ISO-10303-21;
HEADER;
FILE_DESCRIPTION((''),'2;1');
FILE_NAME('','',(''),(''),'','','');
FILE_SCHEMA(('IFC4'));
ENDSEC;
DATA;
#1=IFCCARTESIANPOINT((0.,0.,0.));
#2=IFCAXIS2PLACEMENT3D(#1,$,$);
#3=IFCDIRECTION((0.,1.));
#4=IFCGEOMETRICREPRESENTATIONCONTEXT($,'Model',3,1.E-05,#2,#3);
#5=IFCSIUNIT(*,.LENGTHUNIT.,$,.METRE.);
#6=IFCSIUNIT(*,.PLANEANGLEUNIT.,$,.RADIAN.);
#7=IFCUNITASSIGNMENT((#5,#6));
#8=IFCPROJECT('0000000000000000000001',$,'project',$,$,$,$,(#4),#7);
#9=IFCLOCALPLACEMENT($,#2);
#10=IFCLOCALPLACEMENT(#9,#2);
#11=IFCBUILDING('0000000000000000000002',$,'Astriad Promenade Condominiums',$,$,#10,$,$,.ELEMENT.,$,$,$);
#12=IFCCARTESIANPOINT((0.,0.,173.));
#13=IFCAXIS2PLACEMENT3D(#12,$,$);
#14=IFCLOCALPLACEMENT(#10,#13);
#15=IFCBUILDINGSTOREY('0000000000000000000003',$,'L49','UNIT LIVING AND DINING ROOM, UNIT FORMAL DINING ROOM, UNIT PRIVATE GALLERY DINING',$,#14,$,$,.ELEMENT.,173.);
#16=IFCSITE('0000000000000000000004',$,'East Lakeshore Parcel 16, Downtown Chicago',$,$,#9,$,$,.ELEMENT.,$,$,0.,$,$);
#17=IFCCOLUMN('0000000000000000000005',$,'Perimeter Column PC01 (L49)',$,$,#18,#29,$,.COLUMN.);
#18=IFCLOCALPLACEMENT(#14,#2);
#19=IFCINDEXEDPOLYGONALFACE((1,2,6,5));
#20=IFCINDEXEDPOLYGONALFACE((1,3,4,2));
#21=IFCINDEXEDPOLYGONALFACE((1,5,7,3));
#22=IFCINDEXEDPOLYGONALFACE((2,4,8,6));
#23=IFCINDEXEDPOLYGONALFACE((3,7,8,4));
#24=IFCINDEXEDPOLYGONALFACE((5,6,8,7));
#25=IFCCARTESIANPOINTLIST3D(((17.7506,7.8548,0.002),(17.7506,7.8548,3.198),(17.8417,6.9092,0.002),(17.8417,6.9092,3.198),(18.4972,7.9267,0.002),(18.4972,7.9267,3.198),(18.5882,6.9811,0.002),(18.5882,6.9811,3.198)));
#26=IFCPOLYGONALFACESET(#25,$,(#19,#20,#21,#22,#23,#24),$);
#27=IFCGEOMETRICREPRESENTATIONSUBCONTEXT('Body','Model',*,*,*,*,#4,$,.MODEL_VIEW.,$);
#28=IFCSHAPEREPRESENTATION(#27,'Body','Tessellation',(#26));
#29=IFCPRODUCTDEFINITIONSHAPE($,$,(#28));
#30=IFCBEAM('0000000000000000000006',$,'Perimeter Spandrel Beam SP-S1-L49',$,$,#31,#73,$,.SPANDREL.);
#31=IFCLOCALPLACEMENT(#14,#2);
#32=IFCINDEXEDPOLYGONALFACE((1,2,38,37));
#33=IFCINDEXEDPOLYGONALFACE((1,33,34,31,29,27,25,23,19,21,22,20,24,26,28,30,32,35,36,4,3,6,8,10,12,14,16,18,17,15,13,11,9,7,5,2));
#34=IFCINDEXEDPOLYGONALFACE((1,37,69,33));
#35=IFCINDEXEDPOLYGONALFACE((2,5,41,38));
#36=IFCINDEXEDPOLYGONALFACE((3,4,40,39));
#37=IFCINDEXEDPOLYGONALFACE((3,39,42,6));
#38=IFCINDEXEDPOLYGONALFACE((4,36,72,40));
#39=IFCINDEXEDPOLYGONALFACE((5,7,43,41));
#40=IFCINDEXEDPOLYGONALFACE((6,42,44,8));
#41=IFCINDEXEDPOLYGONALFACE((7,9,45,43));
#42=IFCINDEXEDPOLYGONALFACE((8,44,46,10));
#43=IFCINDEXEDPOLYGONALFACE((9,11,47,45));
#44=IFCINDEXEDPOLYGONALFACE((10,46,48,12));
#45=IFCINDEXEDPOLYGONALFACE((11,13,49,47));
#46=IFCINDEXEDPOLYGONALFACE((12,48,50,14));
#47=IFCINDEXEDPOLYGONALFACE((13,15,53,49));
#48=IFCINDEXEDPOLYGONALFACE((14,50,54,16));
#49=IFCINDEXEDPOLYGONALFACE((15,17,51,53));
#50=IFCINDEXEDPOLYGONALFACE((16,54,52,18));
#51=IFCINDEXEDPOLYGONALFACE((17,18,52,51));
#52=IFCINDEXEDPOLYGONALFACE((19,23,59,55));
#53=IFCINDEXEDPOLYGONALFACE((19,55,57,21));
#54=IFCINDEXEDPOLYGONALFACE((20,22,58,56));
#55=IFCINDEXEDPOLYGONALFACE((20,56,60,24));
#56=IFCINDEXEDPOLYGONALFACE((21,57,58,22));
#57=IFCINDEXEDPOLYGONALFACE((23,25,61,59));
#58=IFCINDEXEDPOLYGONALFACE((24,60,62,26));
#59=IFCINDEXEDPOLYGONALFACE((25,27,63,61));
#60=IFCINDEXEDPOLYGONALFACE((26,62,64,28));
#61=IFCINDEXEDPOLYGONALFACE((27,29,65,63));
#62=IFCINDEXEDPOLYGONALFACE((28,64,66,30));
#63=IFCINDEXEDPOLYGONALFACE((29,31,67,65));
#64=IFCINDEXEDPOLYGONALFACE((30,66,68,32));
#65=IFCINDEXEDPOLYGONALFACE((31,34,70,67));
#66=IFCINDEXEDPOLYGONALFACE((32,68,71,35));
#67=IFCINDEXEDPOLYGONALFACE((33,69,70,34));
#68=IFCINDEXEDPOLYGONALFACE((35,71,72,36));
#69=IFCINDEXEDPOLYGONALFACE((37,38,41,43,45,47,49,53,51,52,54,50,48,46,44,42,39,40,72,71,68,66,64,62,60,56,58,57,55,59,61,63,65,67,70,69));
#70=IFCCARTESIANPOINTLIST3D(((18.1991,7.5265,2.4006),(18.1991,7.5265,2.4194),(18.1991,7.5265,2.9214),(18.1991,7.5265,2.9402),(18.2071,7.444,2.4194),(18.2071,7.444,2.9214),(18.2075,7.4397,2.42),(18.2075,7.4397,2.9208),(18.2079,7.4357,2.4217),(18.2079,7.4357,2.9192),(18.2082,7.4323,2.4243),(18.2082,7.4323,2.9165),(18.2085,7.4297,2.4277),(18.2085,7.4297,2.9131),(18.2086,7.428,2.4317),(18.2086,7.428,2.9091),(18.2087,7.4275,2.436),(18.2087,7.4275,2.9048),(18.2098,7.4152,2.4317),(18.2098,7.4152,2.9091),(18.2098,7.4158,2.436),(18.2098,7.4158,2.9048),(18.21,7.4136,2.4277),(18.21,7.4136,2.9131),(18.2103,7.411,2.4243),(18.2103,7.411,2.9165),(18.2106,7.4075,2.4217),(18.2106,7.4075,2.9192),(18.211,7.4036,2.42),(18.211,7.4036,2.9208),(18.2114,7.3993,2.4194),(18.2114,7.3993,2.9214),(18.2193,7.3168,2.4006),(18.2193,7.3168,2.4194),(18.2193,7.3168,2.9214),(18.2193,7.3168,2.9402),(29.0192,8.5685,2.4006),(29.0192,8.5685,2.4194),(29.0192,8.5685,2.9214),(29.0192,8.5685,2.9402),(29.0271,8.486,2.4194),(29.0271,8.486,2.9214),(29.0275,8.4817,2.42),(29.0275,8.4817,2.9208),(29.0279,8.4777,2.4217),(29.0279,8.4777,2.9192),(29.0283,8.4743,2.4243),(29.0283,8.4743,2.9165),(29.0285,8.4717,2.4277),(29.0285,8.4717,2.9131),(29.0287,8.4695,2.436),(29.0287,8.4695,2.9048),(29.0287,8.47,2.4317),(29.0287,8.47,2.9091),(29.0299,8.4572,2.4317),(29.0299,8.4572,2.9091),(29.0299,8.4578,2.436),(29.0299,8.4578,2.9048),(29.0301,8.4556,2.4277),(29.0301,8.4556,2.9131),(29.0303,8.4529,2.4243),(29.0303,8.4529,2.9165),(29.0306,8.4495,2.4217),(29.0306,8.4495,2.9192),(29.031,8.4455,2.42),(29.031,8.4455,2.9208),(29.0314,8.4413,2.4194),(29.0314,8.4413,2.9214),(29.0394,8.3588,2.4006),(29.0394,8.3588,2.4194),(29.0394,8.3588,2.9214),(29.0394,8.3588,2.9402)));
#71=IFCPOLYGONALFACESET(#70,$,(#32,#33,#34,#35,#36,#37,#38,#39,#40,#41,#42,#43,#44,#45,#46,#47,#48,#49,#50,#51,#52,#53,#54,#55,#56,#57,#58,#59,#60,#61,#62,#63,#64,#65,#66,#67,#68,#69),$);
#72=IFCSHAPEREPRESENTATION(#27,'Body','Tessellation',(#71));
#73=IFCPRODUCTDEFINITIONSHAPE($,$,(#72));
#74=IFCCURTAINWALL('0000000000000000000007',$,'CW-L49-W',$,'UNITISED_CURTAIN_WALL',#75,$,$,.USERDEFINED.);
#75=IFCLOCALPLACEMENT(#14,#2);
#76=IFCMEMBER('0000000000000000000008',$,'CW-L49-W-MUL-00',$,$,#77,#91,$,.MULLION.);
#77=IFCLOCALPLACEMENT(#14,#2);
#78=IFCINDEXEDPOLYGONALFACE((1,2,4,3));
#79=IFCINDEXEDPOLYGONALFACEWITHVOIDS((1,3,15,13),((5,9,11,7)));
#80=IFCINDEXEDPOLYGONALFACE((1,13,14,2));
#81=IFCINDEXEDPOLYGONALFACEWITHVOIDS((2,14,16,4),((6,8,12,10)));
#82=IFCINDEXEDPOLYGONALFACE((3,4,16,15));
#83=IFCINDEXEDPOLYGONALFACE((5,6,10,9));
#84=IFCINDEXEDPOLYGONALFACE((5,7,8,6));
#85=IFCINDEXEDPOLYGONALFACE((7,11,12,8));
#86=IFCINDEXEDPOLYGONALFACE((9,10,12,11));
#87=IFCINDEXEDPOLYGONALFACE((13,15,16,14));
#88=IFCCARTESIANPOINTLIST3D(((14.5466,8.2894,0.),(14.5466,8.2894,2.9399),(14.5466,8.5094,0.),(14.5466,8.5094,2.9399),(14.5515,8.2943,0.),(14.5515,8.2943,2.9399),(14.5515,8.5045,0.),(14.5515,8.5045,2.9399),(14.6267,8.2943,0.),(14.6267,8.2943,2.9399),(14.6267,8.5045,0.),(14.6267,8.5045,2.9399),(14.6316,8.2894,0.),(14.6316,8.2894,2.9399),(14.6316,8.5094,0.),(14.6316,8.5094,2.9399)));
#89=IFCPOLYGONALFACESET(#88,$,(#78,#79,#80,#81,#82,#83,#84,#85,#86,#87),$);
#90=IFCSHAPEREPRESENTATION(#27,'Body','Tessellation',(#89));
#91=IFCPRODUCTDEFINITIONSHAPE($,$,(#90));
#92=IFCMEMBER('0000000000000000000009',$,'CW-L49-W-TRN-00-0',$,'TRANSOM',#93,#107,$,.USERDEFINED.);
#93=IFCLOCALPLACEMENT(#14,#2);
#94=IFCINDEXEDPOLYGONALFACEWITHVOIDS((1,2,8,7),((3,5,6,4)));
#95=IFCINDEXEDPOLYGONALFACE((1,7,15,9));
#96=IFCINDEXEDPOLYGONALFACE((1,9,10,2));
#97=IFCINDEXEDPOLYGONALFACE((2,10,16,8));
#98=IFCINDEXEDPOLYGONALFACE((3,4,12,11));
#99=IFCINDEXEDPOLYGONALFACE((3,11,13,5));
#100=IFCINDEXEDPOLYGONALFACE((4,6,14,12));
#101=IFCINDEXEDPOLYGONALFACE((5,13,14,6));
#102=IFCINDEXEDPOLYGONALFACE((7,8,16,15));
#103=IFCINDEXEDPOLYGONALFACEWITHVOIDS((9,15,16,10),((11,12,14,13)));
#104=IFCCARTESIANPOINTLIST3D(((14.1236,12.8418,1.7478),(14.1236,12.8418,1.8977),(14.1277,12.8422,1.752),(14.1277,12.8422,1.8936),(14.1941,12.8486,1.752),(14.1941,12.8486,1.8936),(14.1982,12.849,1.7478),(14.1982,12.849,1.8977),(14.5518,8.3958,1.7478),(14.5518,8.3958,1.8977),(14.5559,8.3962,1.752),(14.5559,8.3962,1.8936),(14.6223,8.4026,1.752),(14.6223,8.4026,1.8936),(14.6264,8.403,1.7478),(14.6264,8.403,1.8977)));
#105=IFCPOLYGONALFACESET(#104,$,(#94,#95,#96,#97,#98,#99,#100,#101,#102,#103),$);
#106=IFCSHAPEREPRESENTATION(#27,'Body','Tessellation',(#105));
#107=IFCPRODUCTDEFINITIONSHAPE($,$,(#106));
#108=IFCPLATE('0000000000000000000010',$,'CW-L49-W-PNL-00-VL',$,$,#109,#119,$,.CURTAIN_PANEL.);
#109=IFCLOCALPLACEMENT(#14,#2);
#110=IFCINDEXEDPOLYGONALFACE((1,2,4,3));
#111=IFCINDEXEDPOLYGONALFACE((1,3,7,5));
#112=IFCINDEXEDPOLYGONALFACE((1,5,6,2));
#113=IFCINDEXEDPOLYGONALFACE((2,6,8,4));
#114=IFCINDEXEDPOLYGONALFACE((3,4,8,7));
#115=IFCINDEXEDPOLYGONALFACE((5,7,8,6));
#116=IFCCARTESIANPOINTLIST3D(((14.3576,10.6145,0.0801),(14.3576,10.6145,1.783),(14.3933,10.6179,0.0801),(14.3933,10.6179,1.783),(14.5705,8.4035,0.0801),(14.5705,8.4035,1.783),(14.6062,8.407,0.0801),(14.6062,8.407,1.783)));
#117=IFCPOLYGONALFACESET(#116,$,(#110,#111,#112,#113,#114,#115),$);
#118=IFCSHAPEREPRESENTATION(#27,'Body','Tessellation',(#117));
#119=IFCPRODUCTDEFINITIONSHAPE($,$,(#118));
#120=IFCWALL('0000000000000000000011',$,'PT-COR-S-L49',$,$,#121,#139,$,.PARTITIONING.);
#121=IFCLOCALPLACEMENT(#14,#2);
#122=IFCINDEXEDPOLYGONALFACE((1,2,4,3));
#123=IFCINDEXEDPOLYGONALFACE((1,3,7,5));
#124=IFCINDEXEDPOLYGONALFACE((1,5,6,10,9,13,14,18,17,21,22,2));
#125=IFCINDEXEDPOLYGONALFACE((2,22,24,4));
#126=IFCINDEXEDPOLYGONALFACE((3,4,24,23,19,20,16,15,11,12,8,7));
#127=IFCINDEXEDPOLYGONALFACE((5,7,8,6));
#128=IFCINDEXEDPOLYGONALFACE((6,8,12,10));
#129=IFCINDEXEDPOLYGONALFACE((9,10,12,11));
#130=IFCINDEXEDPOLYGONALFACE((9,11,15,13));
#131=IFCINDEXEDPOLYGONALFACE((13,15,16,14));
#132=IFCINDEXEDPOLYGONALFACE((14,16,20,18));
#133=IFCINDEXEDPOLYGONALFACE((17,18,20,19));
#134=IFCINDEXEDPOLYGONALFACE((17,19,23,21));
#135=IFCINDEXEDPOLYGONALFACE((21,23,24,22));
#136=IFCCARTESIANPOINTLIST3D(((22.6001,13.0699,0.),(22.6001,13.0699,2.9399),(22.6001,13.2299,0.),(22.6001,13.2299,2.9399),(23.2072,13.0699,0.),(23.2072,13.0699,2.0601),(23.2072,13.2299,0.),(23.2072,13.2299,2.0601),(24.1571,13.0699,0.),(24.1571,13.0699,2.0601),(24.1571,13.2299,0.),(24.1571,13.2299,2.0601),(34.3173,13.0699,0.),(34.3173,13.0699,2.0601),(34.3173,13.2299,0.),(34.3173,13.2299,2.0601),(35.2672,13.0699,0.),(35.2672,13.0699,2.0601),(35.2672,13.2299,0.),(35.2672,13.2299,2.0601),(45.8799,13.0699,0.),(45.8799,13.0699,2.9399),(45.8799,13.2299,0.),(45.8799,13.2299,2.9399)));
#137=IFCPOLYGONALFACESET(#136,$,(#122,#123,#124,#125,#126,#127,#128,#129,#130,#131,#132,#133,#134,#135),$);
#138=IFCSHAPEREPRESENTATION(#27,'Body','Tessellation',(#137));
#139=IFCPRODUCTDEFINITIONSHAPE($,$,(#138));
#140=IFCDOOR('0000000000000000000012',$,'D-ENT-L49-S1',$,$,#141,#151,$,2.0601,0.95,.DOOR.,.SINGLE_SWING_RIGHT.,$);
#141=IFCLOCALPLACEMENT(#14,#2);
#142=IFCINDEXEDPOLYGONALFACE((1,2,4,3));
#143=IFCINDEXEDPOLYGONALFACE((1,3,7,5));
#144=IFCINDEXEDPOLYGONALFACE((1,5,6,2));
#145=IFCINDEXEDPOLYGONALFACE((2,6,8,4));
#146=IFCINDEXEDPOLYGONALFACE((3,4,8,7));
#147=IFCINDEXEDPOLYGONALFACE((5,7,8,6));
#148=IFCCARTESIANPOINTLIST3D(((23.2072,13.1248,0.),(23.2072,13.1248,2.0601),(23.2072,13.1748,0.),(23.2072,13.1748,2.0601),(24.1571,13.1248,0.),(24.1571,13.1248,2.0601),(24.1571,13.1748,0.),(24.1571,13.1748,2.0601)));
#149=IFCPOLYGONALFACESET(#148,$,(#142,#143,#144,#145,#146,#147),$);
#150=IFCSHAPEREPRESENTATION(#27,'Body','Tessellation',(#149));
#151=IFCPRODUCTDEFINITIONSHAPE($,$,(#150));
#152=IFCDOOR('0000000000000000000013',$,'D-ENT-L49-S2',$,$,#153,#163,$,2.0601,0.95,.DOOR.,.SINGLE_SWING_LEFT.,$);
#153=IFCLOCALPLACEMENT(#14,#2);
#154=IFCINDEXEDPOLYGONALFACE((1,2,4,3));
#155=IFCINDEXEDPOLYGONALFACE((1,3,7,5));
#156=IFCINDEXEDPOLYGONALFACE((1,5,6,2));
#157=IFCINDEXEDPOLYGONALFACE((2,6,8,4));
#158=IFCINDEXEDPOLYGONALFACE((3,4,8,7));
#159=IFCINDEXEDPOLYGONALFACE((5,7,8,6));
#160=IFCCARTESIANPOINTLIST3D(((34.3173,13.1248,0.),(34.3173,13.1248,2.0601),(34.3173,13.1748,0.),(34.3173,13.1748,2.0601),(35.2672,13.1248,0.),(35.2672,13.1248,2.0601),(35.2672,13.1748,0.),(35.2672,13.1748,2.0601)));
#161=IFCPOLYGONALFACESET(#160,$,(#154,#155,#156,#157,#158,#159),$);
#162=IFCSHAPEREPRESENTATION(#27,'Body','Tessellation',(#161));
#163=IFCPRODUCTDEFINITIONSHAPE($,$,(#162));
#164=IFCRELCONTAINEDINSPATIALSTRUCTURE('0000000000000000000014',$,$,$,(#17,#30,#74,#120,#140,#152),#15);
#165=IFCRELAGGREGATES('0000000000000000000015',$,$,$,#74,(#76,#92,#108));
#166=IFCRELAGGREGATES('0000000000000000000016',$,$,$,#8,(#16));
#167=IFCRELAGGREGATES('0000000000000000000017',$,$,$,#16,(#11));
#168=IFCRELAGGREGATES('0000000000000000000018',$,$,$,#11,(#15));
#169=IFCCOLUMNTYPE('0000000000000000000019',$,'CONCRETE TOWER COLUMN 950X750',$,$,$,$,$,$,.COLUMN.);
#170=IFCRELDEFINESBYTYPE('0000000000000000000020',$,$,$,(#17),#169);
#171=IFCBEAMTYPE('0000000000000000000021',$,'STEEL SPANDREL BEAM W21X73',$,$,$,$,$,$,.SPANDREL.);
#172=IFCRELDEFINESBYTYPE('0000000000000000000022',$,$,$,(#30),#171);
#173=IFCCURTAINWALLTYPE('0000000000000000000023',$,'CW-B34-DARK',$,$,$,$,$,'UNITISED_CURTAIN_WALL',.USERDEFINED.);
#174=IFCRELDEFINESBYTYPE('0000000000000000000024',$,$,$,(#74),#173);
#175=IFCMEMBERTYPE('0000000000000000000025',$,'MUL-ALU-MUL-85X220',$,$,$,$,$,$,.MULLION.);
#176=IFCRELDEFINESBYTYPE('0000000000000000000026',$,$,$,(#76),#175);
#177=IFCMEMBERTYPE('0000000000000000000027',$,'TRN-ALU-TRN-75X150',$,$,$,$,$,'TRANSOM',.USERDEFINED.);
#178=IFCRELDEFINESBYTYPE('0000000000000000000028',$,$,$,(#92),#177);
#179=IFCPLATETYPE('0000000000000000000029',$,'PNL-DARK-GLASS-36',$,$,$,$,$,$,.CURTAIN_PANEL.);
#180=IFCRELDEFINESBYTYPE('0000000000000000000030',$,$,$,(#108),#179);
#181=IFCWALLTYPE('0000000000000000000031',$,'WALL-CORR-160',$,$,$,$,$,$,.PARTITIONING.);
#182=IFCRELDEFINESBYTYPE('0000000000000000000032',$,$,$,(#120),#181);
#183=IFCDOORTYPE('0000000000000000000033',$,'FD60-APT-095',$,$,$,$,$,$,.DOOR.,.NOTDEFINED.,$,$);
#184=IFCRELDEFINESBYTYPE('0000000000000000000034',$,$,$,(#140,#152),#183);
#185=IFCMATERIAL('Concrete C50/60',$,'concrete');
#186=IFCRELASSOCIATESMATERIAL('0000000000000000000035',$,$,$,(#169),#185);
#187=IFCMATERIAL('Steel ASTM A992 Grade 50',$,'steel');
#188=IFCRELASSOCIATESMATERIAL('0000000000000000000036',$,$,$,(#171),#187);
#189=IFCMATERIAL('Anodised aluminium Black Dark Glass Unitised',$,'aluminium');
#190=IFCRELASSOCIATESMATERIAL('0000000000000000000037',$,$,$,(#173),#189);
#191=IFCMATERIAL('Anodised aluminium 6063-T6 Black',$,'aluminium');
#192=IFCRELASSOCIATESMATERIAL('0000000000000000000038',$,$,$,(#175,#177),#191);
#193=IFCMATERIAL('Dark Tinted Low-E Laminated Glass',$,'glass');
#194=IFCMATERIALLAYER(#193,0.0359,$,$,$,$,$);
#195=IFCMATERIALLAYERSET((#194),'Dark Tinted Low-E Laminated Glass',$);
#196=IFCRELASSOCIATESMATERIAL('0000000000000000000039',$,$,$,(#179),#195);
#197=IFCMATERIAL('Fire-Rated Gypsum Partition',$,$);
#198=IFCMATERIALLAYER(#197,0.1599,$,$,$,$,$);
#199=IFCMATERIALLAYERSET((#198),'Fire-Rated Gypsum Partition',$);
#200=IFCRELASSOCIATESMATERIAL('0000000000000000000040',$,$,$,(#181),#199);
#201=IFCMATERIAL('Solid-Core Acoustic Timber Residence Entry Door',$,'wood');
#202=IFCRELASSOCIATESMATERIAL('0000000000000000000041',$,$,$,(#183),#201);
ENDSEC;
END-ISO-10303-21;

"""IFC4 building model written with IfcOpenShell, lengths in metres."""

from ifc_helpers import new_model, si_unit, direction, frame, frame_2d, origin, origin_2d, place, context, subcontext, project, spatial, rectangle, hollow_rectangle, i_section, extrude, source, transform, mapped, material, layer, layer_set, material_profile, profile_set, type_object, type_shapes, element, fill, aggregate, save


model = new_model("IFC4")

# Units and contexts
model_context = context("Model", 3, precision=1e-05, world=origin(), true_north=direction((0.0, 1.0)))
body_context = subcontext(model_context, "Body", "Model", "MODEL_VIEW")
ifc_project = project(units=[si_unit("LENGTHUNIT", "METRE"), si_unit("PLANEANGLEUNIT", "RADIAN")], contexts=[model_context])

# Site, building, storey
site_placement = place(None, origin())
site = spatial("IfcSite", under=ifc_project, at=site_placement, Name="East Lakeshore Parcel 16, Downtown Chicago", CompositionType="ELEMENT", RefElevation=0.0)
building_placement = place(site_placement, origin())
building = spatial("IfcBuilding", under=site, at=building_placement, Name="Astriad Promenade Condominiums", CompositionType="ELEMENT")
storey_placement = place(building_placement, frame((0.0, 0.0, 173.0)))
storey = spatial("IfcBuildingStorey", under=building, at=storey_placement, Name="L49", Description="UNIT LIVING AND DINING ROOM, UNIT FORMAL DINING ROOM, UNIT PRIVATE GALLERY DINING", CompositionType="ELEMENT", Elevation=173.0)

# Column
ifc_material_1 = material(Name="Concrete C50/60", Category="concrete")
ifc_material_profile_1 = material_profile(ifc_material_1, rectangle(XDim=0.75, YDim=0.95, at=origin_2d()), Name="RC-COL-950X750")
ifc_profile_set_1 = profile_set([ifc_material_profile_1], Name="Concrete C50/60")
column_type = type_object("IfcColumnType", Name="CONCRETE TOWER COLUMN 950X750", PredefinedType="COLUMN", material=ifc_profile_set_1)
shared_shape_1 = source(origin(), body_context, "Body", "SweptSolid", [
    extrude(rectangle(XDim=0.75, YDim=0.95, at=origin_2d()), origin(), (0.0, 0.0, 1.0), 3.196),
])
type_shapes(column_type, [shared_shape_1])
column_placement = place(storey_placement, frame((18.1694, 7.418, 0.002), z_axis=(0.0, 0.0, 1.0), x_axis=(0.995396, 0.095846, 0.0)))
element("IfcColumn", 1, at=column_placement, inside=storey, type_object=column_type, Name="Perimeter Column PC01 (L49)", PredefinedType="COLUMN", context=body_context, shape_type="MappedRepresentation", body=[
    mapped(shared_shape_1, transform((0.0, 0.0, 0.0), scale=1.0)),
])

# Beam
ifc_material_2 = material(Name="Steel ASTM A992 Grade 50", Category="steel")
ifc_material_profile_2 = material_profile(ifc_material_2, i_section(OverallWidth=0.2107, OverallDepth=0.5396, WebThickness=0.0117, FlangeThickness=0.0188, FilletRadius=0.0166, at=origin_2d()), Name="W21X73")
ifc_profile_set_2 = profile_set([ifc_material_profile_2], Name="Steel ASTM A992 Grade 50")
beam_type = type_object("IfcBeamType", Name="STEEL SPANDREL BEAM W21X73", PredefinedType="SPANDREL", material=ifc_profile_set_2)
shared_shape_2 = source(origin(), body_context, "Body", "SweptSolid", [
    extrude(i_section(OverallWidth=0.2107, OverallDepth=0.5396, WebThickness=0.0117, FlangeThickness=0.0188, FilletRadius=0.0166, at=origin_2d()), origin(), (0.0, 0.0, 1.0), 10.8701),
])
type_shapes(beam_type, [shared_shape_2])
beam_placement = place(storey_placement, frame((18.2092, 7.4216, 2.6704), z_axis=(0.995395, 0.095858, 0.0), x_axis=(-0.095858, 0.995395, 0.0)))
element("IfcBeam", 2, at=beam_placement, inside=storey, type_object=beam_type, Name="Perimeter Spandrel Beam SP-S1-L49", PredefinedType="SPANDREL", context=body_context, shape_type="MappedRepresentation", body=[
    mapped(shared_shape_2, transform((0.0, 0.0, 0.0), scale=1.0)),
])

# Curtain wall, members, plate
ifc_material_3 = material(Name="Anodised aluminium Black Dark Glass Unitised", Category="aluminium")
curtain_wall_type = type_object("IfcCurtainWallType", Name="CW-B34-DARK", ElementType="UNITISED_CURTAIN_WALL", PredefinedType="USERDEFINED", material=ifc_material_3)
curtain_wall_placement = place(storey_placement, origin())
curtain_wall = element("IfcCurtainWall", 3, at=curtain_wall_placement, inside=storey, type_object=curtain_wall_type, Name="CW-L49-W", ObjectType="UNITISED_CURTAIN_WALL", PredefinedType="USERDEFINED")
ifc_material_4 = material(Name="Anodised aluminium 6063-T6 Black", Category="aluminium")
ifc_material_profile_3 = material_profile(ifc_material_4, hollow_rectangle(XDim=0.085, YDim=0.22, WallThickness=0.0049, at=origin_2d()), Name="ALU-MUL-85X220")
ifc_profile_set_3 = profile_set([ifc_material_profile_3], Name="Anodised aluminium 6063-T6 Black")
member_type_1 = type_object("IfcMemberType", Name="MUL-ALU-MUL-85X220", PredefinedType="MULLION", material=ifc_profile_set_3)
shared_shape_3 = source(origin(), body_context, "Body", "SweptSolid", [
    extrude(hollow_rectangle(XDim=0.085, YDim=0.22, WallThickness=0.0049, at=origin_2d()), origin(), (0.0, 0.0, 1.0), 2.9399),
])
type_shapes(member_type_1, [shared_shape_3])
member_1_placement = place(storey_placement, frame((14.5891, 8.3994, 0.0), z_axis=(0.0, 0.0, 1.0), x_axis=(1.0, 0.0, 0.0)))
member_1 = element("IfcMember", 4, at=member_1_placement, type_object=member_type_1, Name="CW-L49-W-MUL-00", PredefinedType="MULLION", context=body_context, shape_type="MappedRepresentation", body=[
    mapped(shared_shape_3, transform((0.0, 0.0, 0.0), scale=1.0)),
])
ifc_material_profile_4 = material_profile(ifc_material_4, hollow_rectangle(XDim=0.075, YDim=0.1499, WallThickness=0.0042, at=origin_2d()), Name="ALU-TRN-75X150")
ifc_profile_set_4 = profile_set([ifc_material_profile_4], Name="Anodised aluminium 6063-T6 Black")
member_type_2 = type_object("IfcMemberType", Name="TRN-ALU-TRN-75X150", ElementType="TRANSOM", PredefinedType="USERDEFINED", material=ifc_profile_set_4)
shared_shape_4 = source(origin(), body_context, "Body", "SweptSolid", [
    extrude(hollow_rectangle(XDim=0.075, YDim=0.1499, WallThickness=0.0042, at=origin_2d()), origin(), (0.0, 0.0, 1.0), 4.4666),
])
type_shapes(member_type_2, [shared_shape_4])
member_2_placement = place(storey_placement, frame((14.5891, 8.3994, 1.8228), z_axis=(-0.095872, 0.995394, 0.0), x_axis=(-0.995394, -0.095872, 0.0)))
member_2 = element("IfcMember", 5, at=member_2_placement, type_object=member_type_2, Name="CW-L49-W-TRN-00-0", ObjectType="TRANSOM", PredefinedType="USERDEFINED", context=body_context, shape_type="MappedRepresentation", body=[
    mapped(shared_shape_4, transform((0.0, 0.0, 0.0), scale=1.0)),
])
ifc_material_5 = material(Name="Dark Tinted Low-E Laminated Glass", Category="glass")
ifc_layer_1 = layer(ifc_material_5, 0.0359)
ifc_layer_set_1 = layer_set([ifc_layer_1], Name="Dark Tinted Low-E Laminated Glass")
plate_type = type_object("IfcPlateType", Name="PNL-DARK-GLASS-36", PredefinedType="CURTAIN_PANEL", material=ifc_layer_set_1)
shared_shape_5 = source(origin(), body_context, "Body", "SweptSolid", [
    extrude(rectangle(XDim=2.2212, YDim=0.0359, at=origin_2d()), origin(), (0.0, 0.0, 1.0), 1.7029),
])
type_shapes(plate_type, [shared_shape_5])
plate_placement = place(storey_placement, frame((14.4819, 9.5107, 0.0801), z_axis=(0.0, 0.0, 1.0), x_axis=(-0.095846, 0.995396, 0.0)))
plate = element("IfcPlate", 6, at=plate_placement, type_object=plate_type, Name="CW-L49-W-PNL-00-VL", PredefinedType="CURTAIN_PANEL", context=body_context, shape_type="MappedRepresentation", body=[
    mapped(shared_shape_5, transform((0.0, 0.0, 0.0), scale=1.0)),
])
aggregate(curtain_wall, [member_1, member_2, plate])

# Wall, openings, doors
ifc_material_6 = material(Name="Fire-Rated Gypsum Partition")
ifc_layer_2 = layer(ifc_material_6, 0.1599)
ifc_layer_set_2 = layer_set([ifc_layer_2], Name="Fire-Rated Gypsum Partition")
wall_type_1 = type_object("IfcWallType", Name="WALL-CORR-160", PredefinedType="PARTITIONING", material=ifc_layer_set_2)
wall_1_placement = place(storey_placement, frame((22.6001, 13.1499, 0.0), z_axis=(0.0, 0.0, 1.0), x_axis=(1.0, 0.0, 0.0)))
wall_1 = element("IfcWall", 7, at=wall_1_placement, inside=storey, type_object=wall_type_1, Name="PT-COR-S-L49", PredefinedType="PARTITIONING", context=body_context, shape_type="SweptSolid", body=[
    extrude(rectangle(XDim=23.2798, YDim=0.1599, at=frame_2d((11.6399, 0.0))), origin(), (0.0, 0.0, 1.0), 2.9399),
])
opening_1_placement = place(wall_1_placement, frame((0.6069, 0.0, 0.0)))
opening_1 = element("IfcOpeningElement", 8, at=opening_1_placement, cuts=wall_1, PredefinedType="OPENING", context=body_context, shape_type="SweptSolid", body=[
    extrude(rectangle(XDim=0.95, YDim=2.0601, at=frame_2d((0.4751, 1.03))), frame((0.0, 0.0898, 0.0), z_axis=(0.0, -1.0, 0.0), x_axis=(1.0, 0.0, 0.0)), (0.0, 0.0, 1.0), 0.1799),
])
opening_2_placement = place(wall_1_placement, frame((11.717, 0.0, 0.0)))
opening_2 = element("IfcOpeningElement", 9, at=opening_2_placement, cuts=wall_1, PredefinedType="OPENING", context=body_context, shape_type="SweptSolid", body=[
    extrude(rectangle(XDim=0.95, YDim=2.0601, at=frame_2d((0.4751, 1.03))), frame((0.0, 0.0898, 0.0), z_axis=(0.0, -1.0, 0.0), x_axis=(1.0, 0.0, 0.0)), (0.0, 0.0, 1.0), 0.1799),
])
ifc_material_7 = material(Name="Solid-Core Acoustic Timber Residence Entry Door", Category="wood")
door_type_1 = type_object("IfcDoorType", Name="FD60-APT-095", OperationType="NOTDEFINED", PredefinedType="DOOR", material=ifc_material_7)
shared_shape_6 = source(origin(), body_context, "Body", "SweptSolid", [
    extrude(rectangle(XDim=0.95, YDim=2.0601, at=frame_2d((0.4751, 1.03))), frame((0.0, 0.0249, 0.0), z_axis=(0.0, -1.0, 0.0), x_axis=(1.0, 0.0, 0.0)), (0.0, 0.0, 1.0), 0.05),
])
type_shapes(door_type_1, [shared_shape_6])
door_1_placement = place(opening_1_placement, origin())
door_1 = element("IfcDoor", 10, at=door_1_placement, inside=storey, type_object=door_type_1, Name="D-ENT-L49-S1", OperationType="SINGLE_SWING_RIGHT", OverallHeight=2.0601, OverallWidth=0.95, PredefinedType="DOOR", context=body_context, shape_type="MappedRepresentation", body=[
    mapped(shared_shape_6, transform((0.0, 0.0, 0.0), scale=1.0)),
])
fill(opening_1, door_1)
door_2_placement = place(opening_2_placement, origin())
door_2 = element("IfcDoor", 11, at=door_2_placement, inside=storey, type_object=door_type_1, Name="D-ENT-L49-S2", OperationType="SINGLE_SWING_LEFT", OverallHeight=2.0601, OverallWidth=0.95, PredefinedType="DOOR", context=body_context, shape_type="MappedRepresentation", body=[
    mapped(shared_shape_6, transform((0.0, 0.0, 0.0), scale=1.0)),
])
fill(opening_2, door_2)

save(model, "model.ifc")
